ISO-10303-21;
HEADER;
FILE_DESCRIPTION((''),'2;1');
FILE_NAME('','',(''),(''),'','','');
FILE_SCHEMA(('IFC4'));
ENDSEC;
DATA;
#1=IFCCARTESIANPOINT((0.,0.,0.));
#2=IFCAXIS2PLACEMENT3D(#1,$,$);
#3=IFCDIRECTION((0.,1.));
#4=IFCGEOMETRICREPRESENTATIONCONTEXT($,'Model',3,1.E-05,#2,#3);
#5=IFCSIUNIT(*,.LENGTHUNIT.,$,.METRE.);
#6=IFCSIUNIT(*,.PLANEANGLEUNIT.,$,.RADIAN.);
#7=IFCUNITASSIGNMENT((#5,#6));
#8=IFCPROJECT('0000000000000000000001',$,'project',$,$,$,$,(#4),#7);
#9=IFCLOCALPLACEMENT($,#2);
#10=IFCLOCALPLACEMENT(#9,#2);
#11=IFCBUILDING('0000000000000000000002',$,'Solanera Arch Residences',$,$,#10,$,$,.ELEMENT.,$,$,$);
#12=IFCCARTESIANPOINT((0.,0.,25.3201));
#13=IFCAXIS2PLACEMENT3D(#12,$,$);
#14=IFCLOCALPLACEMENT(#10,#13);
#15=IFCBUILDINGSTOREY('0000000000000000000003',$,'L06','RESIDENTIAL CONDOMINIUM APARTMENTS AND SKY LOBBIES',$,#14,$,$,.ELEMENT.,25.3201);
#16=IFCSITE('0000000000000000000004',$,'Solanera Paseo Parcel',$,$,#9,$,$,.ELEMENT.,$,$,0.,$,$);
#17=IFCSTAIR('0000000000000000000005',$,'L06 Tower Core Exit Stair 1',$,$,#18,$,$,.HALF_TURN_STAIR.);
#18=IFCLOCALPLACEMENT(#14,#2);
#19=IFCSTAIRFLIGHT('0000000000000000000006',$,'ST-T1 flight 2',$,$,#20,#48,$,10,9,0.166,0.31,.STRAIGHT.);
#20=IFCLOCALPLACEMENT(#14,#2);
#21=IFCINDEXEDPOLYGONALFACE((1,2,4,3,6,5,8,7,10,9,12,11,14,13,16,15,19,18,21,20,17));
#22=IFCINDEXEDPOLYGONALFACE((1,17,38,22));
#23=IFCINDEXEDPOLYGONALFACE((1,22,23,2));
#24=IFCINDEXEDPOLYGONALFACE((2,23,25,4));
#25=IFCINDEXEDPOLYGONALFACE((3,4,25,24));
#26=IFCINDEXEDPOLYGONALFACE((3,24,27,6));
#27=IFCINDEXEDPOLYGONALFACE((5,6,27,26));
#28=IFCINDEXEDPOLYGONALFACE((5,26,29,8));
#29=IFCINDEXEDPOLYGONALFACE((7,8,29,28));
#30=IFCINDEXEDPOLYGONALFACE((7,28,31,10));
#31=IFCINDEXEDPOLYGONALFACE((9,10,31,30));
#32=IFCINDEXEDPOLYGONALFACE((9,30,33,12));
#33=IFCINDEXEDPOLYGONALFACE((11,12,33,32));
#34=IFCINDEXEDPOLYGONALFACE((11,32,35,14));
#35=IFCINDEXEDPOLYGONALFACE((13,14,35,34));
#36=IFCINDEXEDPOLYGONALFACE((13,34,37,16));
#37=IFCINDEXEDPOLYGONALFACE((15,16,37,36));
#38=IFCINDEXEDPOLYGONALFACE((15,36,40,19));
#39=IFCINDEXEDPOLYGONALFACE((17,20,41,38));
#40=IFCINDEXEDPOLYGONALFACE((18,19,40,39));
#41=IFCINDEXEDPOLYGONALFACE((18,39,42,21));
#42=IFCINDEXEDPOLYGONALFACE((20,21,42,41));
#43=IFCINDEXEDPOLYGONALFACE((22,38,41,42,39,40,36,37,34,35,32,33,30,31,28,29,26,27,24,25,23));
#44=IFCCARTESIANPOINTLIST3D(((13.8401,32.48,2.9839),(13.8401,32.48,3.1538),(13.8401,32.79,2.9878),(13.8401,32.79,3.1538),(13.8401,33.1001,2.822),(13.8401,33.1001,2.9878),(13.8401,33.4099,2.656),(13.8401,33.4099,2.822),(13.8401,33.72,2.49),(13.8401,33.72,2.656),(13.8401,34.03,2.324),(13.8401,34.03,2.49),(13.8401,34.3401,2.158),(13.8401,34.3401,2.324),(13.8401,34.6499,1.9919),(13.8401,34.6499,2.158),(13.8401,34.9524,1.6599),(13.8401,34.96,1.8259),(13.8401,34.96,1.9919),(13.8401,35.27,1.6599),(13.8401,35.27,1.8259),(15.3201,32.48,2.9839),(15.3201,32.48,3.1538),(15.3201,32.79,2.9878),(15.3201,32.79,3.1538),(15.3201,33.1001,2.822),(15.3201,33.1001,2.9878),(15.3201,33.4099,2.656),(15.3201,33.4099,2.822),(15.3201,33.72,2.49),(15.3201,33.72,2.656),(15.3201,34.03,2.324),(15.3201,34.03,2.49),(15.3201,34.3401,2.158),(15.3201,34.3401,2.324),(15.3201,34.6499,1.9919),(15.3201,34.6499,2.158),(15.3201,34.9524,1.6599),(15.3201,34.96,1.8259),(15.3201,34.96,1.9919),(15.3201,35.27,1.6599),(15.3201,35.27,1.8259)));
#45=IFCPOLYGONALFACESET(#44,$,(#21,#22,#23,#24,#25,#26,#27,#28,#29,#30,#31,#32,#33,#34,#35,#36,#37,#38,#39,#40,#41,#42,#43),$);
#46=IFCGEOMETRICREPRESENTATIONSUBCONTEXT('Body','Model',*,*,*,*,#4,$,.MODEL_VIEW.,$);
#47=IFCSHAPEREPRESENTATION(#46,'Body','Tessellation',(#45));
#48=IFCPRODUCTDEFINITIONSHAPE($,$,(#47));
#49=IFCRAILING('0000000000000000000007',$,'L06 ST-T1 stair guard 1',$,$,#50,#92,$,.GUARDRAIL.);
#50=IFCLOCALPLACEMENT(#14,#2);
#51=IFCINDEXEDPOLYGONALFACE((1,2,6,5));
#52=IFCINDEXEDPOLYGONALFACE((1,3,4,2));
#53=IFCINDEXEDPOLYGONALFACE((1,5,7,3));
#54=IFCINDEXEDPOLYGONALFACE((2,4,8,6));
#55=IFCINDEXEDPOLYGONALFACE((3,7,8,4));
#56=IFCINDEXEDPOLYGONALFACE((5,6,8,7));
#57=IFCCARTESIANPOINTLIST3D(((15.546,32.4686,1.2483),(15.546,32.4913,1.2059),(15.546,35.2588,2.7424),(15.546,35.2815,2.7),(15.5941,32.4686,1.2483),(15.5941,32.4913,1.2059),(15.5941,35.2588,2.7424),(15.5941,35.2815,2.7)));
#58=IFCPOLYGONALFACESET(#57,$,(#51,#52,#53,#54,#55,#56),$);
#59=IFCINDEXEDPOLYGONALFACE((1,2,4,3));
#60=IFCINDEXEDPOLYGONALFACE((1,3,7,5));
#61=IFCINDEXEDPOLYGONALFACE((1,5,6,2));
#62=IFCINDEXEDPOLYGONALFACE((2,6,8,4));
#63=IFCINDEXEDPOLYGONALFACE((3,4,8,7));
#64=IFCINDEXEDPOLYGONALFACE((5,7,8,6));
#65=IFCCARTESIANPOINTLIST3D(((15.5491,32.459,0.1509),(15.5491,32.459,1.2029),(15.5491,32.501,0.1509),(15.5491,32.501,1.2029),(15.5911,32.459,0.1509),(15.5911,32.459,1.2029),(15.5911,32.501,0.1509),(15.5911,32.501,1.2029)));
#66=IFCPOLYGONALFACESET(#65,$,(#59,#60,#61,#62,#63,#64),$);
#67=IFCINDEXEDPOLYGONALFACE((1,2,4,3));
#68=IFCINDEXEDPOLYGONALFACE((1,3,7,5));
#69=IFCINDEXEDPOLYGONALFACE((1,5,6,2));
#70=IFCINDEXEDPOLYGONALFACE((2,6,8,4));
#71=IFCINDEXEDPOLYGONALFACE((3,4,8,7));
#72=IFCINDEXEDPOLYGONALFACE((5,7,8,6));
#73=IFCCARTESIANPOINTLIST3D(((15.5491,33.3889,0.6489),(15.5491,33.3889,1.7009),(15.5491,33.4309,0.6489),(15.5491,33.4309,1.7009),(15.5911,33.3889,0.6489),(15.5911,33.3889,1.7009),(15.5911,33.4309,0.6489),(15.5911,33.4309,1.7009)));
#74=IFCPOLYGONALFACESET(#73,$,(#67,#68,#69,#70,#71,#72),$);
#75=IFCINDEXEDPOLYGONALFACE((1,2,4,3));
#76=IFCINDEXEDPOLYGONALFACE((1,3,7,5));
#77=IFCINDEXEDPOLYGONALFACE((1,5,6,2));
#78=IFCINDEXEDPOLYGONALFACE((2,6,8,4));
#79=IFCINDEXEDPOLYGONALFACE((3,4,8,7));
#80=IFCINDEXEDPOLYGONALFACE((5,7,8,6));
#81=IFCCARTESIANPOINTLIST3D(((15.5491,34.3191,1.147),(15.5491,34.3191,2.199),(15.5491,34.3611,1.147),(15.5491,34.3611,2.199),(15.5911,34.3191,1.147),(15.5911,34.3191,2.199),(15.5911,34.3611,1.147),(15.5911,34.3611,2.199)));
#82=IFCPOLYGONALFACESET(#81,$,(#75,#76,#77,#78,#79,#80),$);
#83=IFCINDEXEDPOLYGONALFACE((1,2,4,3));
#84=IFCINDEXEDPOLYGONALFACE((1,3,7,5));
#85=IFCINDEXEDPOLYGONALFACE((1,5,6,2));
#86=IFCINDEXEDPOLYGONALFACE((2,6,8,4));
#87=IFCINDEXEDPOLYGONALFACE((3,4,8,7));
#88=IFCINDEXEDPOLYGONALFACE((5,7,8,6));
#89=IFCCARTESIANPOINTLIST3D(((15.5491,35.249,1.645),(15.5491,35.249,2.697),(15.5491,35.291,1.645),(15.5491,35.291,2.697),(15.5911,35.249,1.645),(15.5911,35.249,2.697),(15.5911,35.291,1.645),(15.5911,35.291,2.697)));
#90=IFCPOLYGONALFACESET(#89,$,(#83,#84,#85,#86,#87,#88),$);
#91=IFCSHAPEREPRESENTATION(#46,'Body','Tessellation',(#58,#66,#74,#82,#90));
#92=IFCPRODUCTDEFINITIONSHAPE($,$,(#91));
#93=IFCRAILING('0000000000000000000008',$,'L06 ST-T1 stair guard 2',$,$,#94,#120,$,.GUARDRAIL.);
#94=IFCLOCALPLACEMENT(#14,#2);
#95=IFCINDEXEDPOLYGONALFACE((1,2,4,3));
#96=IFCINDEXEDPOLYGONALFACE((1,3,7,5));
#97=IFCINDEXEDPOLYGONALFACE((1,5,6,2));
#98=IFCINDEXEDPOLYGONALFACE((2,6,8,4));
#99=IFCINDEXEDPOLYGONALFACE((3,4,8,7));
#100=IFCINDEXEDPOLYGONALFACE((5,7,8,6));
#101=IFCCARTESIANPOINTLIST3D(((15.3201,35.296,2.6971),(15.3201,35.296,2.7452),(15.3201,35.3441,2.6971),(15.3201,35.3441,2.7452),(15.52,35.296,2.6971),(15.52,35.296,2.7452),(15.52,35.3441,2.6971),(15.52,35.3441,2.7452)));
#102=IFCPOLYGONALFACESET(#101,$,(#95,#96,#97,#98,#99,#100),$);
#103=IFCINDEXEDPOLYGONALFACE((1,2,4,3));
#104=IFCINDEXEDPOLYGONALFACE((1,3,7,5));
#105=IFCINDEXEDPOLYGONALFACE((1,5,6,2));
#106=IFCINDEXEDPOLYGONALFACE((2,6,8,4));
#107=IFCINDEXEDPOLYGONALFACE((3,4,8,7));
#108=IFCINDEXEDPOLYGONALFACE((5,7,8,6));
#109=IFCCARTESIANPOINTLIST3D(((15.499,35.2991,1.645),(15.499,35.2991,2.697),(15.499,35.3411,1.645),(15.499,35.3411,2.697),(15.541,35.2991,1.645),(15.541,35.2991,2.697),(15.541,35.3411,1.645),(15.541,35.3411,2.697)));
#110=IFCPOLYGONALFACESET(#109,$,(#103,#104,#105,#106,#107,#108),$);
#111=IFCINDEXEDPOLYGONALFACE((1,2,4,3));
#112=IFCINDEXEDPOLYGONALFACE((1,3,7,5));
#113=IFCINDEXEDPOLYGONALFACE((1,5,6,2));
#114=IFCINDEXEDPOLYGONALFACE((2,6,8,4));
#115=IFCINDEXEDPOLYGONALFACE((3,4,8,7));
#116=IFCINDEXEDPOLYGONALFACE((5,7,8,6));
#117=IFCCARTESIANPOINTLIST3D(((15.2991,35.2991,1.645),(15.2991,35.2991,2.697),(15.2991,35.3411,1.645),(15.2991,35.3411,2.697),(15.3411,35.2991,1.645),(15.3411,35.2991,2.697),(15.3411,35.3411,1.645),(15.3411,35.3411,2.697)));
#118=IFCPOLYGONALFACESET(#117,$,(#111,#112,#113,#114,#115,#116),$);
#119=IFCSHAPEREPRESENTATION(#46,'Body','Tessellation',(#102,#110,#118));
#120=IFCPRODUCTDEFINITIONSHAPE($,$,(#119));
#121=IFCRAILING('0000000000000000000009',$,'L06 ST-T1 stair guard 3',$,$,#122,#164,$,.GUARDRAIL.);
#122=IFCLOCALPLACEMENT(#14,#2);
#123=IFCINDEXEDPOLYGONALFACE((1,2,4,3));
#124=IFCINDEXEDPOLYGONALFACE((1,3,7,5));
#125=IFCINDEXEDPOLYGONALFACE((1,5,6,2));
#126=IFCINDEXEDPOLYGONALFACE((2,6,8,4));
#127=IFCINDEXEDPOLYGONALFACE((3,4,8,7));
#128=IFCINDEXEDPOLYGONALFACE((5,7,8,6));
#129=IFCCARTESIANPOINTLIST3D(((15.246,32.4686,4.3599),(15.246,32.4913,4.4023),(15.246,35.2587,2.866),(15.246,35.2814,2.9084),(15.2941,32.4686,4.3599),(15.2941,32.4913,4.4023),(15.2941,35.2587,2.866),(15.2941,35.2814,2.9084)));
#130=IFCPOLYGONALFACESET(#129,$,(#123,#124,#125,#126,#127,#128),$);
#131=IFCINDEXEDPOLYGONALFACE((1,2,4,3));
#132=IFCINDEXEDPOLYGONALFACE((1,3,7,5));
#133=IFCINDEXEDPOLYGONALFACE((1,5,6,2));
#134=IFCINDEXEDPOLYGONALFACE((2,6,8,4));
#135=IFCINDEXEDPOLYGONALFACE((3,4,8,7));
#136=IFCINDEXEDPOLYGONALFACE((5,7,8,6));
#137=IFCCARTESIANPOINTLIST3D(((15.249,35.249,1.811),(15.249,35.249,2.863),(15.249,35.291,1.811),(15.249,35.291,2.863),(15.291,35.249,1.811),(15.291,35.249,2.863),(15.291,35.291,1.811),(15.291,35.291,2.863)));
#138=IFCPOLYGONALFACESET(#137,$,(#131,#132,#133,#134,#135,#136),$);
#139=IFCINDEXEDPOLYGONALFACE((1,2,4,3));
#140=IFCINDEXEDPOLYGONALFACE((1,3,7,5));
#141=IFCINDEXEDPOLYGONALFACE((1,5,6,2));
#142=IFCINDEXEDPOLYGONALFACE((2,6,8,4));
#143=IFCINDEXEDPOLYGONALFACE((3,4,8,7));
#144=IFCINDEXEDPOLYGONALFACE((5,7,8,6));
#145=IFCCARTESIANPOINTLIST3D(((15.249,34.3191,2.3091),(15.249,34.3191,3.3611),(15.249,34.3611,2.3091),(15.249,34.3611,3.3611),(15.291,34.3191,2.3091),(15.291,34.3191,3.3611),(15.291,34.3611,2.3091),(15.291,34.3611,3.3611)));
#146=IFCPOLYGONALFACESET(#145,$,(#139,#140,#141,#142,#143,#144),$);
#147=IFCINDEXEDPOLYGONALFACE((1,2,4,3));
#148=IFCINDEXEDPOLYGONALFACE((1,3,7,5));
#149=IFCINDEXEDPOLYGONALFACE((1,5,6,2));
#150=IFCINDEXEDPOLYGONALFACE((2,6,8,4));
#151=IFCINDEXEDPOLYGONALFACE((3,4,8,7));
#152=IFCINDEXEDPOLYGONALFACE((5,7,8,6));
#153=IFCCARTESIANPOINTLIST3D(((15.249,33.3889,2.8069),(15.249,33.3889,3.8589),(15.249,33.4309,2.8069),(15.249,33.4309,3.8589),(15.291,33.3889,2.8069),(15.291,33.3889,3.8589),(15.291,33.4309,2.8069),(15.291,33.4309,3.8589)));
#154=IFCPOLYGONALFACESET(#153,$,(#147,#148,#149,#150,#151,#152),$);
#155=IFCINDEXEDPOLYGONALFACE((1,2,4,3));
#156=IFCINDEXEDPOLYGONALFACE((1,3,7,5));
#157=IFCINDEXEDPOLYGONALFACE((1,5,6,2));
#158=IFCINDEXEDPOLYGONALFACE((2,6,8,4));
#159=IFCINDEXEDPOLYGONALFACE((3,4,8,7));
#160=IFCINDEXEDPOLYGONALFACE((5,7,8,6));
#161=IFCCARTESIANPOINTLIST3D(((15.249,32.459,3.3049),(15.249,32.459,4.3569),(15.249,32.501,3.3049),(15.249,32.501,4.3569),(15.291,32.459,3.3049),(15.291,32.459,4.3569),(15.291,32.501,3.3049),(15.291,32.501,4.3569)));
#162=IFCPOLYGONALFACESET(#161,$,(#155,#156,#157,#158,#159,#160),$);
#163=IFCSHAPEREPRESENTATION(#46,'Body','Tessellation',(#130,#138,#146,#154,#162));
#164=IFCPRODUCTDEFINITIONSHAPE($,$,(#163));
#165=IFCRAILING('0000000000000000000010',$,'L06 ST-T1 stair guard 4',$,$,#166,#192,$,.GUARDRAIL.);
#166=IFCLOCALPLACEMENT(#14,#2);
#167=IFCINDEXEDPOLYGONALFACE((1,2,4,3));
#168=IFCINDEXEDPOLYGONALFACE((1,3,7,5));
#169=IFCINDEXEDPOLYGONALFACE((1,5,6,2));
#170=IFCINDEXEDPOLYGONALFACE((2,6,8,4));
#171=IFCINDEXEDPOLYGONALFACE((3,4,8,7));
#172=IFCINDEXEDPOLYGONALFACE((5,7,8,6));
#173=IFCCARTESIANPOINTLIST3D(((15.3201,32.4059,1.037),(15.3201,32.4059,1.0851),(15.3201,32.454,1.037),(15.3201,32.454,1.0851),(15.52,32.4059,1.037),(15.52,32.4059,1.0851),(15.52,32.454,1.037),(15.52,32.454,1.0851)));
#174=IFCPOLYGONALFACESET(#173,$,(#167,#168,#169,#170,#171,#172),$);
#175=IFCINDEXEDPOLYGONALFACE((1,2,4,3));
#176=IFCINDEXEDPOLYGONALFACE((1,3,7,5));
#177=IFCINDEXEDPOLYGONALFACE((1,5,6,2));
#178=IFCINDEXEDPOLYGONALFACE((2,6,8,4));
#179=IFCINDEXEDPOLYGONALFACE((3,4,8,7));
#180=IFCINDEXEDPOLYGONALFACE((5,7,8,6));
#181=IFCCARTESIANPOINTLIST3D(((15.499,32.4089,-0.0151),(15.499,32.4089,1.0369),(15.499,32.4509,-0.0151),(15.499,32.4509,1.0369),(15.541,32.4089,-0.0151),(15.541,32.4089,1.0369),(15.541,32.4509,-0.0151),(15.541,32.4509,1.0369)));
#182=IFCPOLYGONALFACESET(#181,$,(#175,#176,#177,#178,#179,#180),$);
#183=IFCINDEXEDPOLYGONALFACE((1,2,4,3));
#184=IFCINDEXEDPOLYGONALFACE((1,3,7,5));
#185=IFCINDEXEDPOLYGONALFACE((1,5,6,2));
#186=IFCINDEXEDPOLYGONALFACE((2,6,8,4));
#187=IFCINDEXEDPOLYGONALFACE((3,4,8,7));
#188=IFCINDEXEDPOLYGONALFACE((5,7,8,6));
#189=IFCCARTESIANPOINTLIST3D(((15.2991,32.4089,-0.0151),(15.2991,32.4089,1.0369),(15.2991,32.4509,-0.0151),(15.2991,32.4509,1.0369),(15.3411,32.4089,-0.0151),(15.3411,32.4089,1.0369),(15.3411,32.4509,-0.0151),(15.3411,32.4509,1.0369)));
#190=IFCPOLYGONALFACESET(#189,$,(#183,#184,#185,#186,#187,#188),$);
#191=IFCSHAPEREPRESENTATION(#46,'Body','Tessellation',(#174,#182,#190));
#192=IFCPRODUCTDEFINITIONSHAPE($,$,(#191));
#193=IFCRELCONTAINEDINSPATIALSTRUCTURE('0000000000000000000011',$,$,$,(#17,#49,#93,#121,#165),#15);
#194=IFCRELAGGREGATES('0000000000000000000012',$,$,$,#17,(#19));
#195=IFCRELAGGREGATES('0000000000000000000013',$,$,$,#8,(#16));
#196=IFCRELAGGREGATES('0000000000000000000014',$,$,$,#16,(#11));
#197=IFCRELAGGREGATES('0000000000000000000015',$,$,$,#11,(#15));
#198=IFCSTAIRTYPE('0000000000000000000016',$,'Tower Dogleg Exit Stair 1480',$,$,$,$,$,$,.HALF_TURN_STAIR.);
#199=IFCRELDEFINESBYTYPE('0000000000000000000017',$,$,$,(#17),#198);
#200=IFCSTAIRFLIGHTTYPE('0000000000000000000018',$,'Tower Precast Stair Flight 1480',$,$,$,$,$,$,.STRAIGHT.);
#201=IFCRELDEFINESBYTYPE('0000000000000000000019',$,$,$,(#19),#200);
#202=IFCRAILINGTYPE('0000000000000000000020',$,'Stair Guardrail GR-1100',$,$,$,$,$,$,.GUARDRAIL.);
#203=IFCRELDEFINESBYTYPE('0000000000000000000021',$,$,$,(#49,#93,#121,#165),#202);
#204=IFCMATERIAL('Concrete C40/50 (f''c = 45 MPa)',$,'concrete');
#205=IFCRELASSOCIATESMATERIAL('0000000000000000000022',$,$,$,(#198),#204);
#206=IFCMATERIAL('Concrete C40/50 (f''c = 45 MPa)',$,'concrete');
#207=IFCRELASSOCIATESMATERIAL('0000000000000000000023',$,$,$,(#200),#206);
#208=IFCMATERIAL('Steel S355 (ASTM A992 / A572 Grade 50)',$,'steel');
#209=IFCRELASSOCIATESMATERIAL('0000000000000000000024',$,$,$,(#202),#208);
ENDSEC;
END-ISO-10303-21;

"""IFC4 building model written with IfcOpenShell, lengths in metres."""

from ifc_helpers import new_model, si_unit, direction, frame, origin, origin_2d, place, context, subcontext, project, spatial, polyline, rectangle, outline, extrude, material, type_object, element, aggregate, save


model = new_model("IFC4")

# Units and contexts
model_context = context("Model", 3, precision=1e-05, world=origin(), true_north=direction((0.0, 1.0)))
body_context = subcontext(model_context, "Body", "Model", "MODEL_VIEW")
ifc_project = project(units=[si_unit("LENGTHUNIT", "METRE"), si_unit("PLANEANGLEUNIT", "RADIAN")], contexts=[model_context])

# Site, building, storey
site_placement = place(None, origin())
site = spatial("IfcSite", under=ifc_project, at=site_placement, Name="Solanera Paseo Parcel", CompositionType="ELEMENT", RefElevation=0.0)
building_placement = place(site_placement, origin())
building = spatial("IfcBuilding", under=site, at=building_placement, Name="Solanera Arch Residences", CompositionType="ELEMENT")
storey_placement = place(building_placement, frame((0.0, 0.0, 25.3201)))
storey = spatial("IfcBuildingStorey", under=building, at=storey_placement, Name="L06", Description="RESIDENTIAL CONDOMINIUM APARTMENTS AND SKY LOBBIES", CompositionType="ELEMENT", Elevation=25.3201)

# Stair, stair flight
ifc_material_1 = material(Name="Concrete C40/50 (f'c = 45 MPa)", Category="concrete")
stair_type = type_object("IfcStairType", Name="Tower Dogleg Exit Stair 1480", PredefinedType="HALF_TURN_STAIR", material=ifc_material_1)
stair_placement = place(storey_placement, origin())
stair = element("IfcStair", 1, at=stair_placement, inside=storey, type_object=stair_type, Name="L06 Tower Core Exit Stair 1", PredefinedType="HALF_TURN_STAIR")
ifc_material_2 = material(Name="Concrete C40/50 (f'c = 45 MPa)", Category="concrete")
stair_flight_type = type_object("IfcStairFlightType", Name="Tower Precast Stair Flight 1480", PredefinedType="STRAIGHT", material=ifc_material_2)
stair_flight_1_placement = place(storey_placement, frame((14.5801, 35.27, 1.6599), z_axis=(0.0, 0.0, 1.0), x_axis=(0.0, -1.0, 0.0)))
stair_flight_1 = element("IfcStairFlight", 2, at=stair_flight_1_placement, type_object=stair_flight_type, Name="ST-T1 flight 2", NumberOfRisers=10, NumberOfTreads=9, PredefinedType="STRAIGHT", RiserHeight=0.166, TreadLength=0.31, context=body_context, shape_type="SweptSolid", body=[
    extrude(outline(polyline([(0.0, 0.0), (0.0, 0.166), (0.3101, 0.166), (0.3101, 0.332), (0.6201, 0.332), (0.6201, 0.498), (0.9299, 0.498), (0.9299, 0.6641), (1.24, 0.6641), (1.24, 0.8301), (1.55, 0.8301), (1.55, 0.9961), (1.8601, 0.9961), (1.8601, 1.1621), (2.1699, 1.1621), (2.1699, 1.3279), (2.48, 1.3279), (2.48, 1.4939), (2.79, 1.4939), (2.79, 1.6599), (2.79, 1.324), (0.3176, 0.0), (0.0, 0.0)])), frame((0.0, 0.74, 0.0), z_axis=(0.0, -1.0, 0.0), x_axis=(1.0, 0.0, 0.0)), (0.0, 0.0, 1.0), 1.48),
])
aggregate(stair, [stair_flight_1])

# Railings
ifc_material_3 = material(Name="Steel S355 (ASTM A992 / A572 Grade 50)", Category="steel")
railing_type_1 = type_object("IfcRailingType", Name="Stair Guardrail GR-1100", PredefinedType="GUARDRAIL", material=ifc_material_3)
railing_1_placement = place(storey_placement, frame((15.5701, 32.48, 0.1509)))
element("IfcRailing", 3, at=railing_1_placement, inside=storey, type_object=railing_type_1, Name="L06 ST-T1 stair guard 1", PredefinedType="GUARDRAIL", context=body_context, shape_type="SweptSolid", body=[
    extrude(rectangle(XDim=0.0481, YDim=0.0481, at=origin_2d()), frame((0.0, 0.0, 1.0762), z_axis=(0.0, 0.881549, 0.472093), x_axis=(-1.0, 0.0, 0.0)), (0.0, 0.0, 1.0), 3.165),
    extrude(rectangle(XDim=0.042, YDim=0.042, at=origin_2d()), origin(), (0.0, 0.0, 1.0), 1.052),
    extrude(rectangle(XDim=0.042, YDim=0.042, at=origin_2d()), frame((0.0, 0.9299, 0.498)), (0.0, 0.0, 1.0), 1.052),
    extrude(rectangle(XDim=0.042, YDim=0.042, at=origin_2d()), frame((0.0, 1.8601, 0.9961)), (0.0, 0.0, 1.0), 1.052),
    extrude(rectangle(XDim=0.042, YDim=0.042, at=origin_2d()), frame((0.0, 2.79, 1.4941)), (0.0, 0.0, 1.0), 1.052),
])
railing_2_placement = place(storey_placement, frame((15.52, 35.3201, 1.645)))
element("IfcRailing", 4, at=railing_2_placement, inside=storey, type_object=railing_type_1, Name="L06 ST-T1 stair guard 2", PredefinedType="GUARDRAIL", context=body_context, shape_type="SweptSolid", body=[
    extrude(rectangle(XDim=0.0481, YDim=0.0481, at=origin_2d()), frame((0.0, 0.0, 1.0762), z_axis=(-1.0, 0.0, 0.0), x_axis=(0.0, -1.0, 0.0)), (0.0, 0.0, 1.0), 0.2),
    extrude(rectangle(XDim=0.042, YDim=0.042, at=origin_2d()), origin(), (0.0, 0.0, 1.0), 1.052),
    extrude(rectangle(XDim=0.042, YDim=0.042, at=origin_2d()), frame((-0.2, 0.0, 0.0)), (0.0, 0.0, 1.0), 1.052),
])
railing_3_placement = place(storey_placement, frame((15.27, 35.27, 1.811)))
element("IfcRailing", 5, at=railing_3_placement, inside=storey, type_object=railing_type_1, Name="L06 ST-T1 stair guard 3", PredefinedType="GUARDRAIL", context=body_context, shape_type="SweptSolid", body=[
    extrude(rectangle(XDim=0.0481, YDim=0.0481, at=origin_2d()), frame((0.0, 0.0, 1.0762), z_axis=(0.0, -0.881581, 0.472033), x_axis=(1.0, 0.0, 0.0)), (0.0, 0.0, 1.0), 3.1648),
    extrude(rectangle(XDim=0.042, YDim=0.042, at=origin_2d()), origin(), (0.0, 0.0, 1.0), 1.052),
    extrude(rectangle(XDim=0.042, YDim=0.042, at=origin_2d()), frame((0.0, -0.9299, 0.498)), (0.0, 0.0, 1.0), 1.052),
    extrude(rectangle(XDim=0.042, YDim=0.042, at=origin_2d()), frame((0.0, -1.8601, 0.9958)), (0.0, 0.0, 1.0), 1.052),
    extrude(rectangle(XDim=0.042, YDim=0.042, at=origin_2d()), frame((0.0, -2.79, 1.4939)), (0.0, 0.0, 1.0), 1.052),
])
railing_4_placement = place(storey_placement, frame((15.52, 32.4299, -0.0151)))
element("IfcRailing", 6, at=railing_4_placement, inside=storey, type_object=railing_type_1, Name="L06 ST-T1 stair guard 4", PredefinedType="GUARDRAIL", context=body_context, shape_type="SweptSolid", body=[
    extrude(rectangle(XDim=0.0481, YDim=0.0481, at=origin_2d()), frame((0.0, 0.0, 1.0762), z_axis=(-1.0, 0.0, 0.0), x_axis=(0.0, -1.0, 0.0)), (0.0, 0.0, 1.0), 0.2),
    extrude(rectangle(XDim=0.042, YDim=0.042, at=origin_2d()), origin(), (0.0, 0.0, 1.0), 1.052),
    extrude(rectangle(XDim=0.042, YDim=0.042, at=origin_2d()), frame((-0.2, 0.0, 0.0)), (0.0, 0.0, 1.0), 1.052),
])

save(model, "model.ifc")
